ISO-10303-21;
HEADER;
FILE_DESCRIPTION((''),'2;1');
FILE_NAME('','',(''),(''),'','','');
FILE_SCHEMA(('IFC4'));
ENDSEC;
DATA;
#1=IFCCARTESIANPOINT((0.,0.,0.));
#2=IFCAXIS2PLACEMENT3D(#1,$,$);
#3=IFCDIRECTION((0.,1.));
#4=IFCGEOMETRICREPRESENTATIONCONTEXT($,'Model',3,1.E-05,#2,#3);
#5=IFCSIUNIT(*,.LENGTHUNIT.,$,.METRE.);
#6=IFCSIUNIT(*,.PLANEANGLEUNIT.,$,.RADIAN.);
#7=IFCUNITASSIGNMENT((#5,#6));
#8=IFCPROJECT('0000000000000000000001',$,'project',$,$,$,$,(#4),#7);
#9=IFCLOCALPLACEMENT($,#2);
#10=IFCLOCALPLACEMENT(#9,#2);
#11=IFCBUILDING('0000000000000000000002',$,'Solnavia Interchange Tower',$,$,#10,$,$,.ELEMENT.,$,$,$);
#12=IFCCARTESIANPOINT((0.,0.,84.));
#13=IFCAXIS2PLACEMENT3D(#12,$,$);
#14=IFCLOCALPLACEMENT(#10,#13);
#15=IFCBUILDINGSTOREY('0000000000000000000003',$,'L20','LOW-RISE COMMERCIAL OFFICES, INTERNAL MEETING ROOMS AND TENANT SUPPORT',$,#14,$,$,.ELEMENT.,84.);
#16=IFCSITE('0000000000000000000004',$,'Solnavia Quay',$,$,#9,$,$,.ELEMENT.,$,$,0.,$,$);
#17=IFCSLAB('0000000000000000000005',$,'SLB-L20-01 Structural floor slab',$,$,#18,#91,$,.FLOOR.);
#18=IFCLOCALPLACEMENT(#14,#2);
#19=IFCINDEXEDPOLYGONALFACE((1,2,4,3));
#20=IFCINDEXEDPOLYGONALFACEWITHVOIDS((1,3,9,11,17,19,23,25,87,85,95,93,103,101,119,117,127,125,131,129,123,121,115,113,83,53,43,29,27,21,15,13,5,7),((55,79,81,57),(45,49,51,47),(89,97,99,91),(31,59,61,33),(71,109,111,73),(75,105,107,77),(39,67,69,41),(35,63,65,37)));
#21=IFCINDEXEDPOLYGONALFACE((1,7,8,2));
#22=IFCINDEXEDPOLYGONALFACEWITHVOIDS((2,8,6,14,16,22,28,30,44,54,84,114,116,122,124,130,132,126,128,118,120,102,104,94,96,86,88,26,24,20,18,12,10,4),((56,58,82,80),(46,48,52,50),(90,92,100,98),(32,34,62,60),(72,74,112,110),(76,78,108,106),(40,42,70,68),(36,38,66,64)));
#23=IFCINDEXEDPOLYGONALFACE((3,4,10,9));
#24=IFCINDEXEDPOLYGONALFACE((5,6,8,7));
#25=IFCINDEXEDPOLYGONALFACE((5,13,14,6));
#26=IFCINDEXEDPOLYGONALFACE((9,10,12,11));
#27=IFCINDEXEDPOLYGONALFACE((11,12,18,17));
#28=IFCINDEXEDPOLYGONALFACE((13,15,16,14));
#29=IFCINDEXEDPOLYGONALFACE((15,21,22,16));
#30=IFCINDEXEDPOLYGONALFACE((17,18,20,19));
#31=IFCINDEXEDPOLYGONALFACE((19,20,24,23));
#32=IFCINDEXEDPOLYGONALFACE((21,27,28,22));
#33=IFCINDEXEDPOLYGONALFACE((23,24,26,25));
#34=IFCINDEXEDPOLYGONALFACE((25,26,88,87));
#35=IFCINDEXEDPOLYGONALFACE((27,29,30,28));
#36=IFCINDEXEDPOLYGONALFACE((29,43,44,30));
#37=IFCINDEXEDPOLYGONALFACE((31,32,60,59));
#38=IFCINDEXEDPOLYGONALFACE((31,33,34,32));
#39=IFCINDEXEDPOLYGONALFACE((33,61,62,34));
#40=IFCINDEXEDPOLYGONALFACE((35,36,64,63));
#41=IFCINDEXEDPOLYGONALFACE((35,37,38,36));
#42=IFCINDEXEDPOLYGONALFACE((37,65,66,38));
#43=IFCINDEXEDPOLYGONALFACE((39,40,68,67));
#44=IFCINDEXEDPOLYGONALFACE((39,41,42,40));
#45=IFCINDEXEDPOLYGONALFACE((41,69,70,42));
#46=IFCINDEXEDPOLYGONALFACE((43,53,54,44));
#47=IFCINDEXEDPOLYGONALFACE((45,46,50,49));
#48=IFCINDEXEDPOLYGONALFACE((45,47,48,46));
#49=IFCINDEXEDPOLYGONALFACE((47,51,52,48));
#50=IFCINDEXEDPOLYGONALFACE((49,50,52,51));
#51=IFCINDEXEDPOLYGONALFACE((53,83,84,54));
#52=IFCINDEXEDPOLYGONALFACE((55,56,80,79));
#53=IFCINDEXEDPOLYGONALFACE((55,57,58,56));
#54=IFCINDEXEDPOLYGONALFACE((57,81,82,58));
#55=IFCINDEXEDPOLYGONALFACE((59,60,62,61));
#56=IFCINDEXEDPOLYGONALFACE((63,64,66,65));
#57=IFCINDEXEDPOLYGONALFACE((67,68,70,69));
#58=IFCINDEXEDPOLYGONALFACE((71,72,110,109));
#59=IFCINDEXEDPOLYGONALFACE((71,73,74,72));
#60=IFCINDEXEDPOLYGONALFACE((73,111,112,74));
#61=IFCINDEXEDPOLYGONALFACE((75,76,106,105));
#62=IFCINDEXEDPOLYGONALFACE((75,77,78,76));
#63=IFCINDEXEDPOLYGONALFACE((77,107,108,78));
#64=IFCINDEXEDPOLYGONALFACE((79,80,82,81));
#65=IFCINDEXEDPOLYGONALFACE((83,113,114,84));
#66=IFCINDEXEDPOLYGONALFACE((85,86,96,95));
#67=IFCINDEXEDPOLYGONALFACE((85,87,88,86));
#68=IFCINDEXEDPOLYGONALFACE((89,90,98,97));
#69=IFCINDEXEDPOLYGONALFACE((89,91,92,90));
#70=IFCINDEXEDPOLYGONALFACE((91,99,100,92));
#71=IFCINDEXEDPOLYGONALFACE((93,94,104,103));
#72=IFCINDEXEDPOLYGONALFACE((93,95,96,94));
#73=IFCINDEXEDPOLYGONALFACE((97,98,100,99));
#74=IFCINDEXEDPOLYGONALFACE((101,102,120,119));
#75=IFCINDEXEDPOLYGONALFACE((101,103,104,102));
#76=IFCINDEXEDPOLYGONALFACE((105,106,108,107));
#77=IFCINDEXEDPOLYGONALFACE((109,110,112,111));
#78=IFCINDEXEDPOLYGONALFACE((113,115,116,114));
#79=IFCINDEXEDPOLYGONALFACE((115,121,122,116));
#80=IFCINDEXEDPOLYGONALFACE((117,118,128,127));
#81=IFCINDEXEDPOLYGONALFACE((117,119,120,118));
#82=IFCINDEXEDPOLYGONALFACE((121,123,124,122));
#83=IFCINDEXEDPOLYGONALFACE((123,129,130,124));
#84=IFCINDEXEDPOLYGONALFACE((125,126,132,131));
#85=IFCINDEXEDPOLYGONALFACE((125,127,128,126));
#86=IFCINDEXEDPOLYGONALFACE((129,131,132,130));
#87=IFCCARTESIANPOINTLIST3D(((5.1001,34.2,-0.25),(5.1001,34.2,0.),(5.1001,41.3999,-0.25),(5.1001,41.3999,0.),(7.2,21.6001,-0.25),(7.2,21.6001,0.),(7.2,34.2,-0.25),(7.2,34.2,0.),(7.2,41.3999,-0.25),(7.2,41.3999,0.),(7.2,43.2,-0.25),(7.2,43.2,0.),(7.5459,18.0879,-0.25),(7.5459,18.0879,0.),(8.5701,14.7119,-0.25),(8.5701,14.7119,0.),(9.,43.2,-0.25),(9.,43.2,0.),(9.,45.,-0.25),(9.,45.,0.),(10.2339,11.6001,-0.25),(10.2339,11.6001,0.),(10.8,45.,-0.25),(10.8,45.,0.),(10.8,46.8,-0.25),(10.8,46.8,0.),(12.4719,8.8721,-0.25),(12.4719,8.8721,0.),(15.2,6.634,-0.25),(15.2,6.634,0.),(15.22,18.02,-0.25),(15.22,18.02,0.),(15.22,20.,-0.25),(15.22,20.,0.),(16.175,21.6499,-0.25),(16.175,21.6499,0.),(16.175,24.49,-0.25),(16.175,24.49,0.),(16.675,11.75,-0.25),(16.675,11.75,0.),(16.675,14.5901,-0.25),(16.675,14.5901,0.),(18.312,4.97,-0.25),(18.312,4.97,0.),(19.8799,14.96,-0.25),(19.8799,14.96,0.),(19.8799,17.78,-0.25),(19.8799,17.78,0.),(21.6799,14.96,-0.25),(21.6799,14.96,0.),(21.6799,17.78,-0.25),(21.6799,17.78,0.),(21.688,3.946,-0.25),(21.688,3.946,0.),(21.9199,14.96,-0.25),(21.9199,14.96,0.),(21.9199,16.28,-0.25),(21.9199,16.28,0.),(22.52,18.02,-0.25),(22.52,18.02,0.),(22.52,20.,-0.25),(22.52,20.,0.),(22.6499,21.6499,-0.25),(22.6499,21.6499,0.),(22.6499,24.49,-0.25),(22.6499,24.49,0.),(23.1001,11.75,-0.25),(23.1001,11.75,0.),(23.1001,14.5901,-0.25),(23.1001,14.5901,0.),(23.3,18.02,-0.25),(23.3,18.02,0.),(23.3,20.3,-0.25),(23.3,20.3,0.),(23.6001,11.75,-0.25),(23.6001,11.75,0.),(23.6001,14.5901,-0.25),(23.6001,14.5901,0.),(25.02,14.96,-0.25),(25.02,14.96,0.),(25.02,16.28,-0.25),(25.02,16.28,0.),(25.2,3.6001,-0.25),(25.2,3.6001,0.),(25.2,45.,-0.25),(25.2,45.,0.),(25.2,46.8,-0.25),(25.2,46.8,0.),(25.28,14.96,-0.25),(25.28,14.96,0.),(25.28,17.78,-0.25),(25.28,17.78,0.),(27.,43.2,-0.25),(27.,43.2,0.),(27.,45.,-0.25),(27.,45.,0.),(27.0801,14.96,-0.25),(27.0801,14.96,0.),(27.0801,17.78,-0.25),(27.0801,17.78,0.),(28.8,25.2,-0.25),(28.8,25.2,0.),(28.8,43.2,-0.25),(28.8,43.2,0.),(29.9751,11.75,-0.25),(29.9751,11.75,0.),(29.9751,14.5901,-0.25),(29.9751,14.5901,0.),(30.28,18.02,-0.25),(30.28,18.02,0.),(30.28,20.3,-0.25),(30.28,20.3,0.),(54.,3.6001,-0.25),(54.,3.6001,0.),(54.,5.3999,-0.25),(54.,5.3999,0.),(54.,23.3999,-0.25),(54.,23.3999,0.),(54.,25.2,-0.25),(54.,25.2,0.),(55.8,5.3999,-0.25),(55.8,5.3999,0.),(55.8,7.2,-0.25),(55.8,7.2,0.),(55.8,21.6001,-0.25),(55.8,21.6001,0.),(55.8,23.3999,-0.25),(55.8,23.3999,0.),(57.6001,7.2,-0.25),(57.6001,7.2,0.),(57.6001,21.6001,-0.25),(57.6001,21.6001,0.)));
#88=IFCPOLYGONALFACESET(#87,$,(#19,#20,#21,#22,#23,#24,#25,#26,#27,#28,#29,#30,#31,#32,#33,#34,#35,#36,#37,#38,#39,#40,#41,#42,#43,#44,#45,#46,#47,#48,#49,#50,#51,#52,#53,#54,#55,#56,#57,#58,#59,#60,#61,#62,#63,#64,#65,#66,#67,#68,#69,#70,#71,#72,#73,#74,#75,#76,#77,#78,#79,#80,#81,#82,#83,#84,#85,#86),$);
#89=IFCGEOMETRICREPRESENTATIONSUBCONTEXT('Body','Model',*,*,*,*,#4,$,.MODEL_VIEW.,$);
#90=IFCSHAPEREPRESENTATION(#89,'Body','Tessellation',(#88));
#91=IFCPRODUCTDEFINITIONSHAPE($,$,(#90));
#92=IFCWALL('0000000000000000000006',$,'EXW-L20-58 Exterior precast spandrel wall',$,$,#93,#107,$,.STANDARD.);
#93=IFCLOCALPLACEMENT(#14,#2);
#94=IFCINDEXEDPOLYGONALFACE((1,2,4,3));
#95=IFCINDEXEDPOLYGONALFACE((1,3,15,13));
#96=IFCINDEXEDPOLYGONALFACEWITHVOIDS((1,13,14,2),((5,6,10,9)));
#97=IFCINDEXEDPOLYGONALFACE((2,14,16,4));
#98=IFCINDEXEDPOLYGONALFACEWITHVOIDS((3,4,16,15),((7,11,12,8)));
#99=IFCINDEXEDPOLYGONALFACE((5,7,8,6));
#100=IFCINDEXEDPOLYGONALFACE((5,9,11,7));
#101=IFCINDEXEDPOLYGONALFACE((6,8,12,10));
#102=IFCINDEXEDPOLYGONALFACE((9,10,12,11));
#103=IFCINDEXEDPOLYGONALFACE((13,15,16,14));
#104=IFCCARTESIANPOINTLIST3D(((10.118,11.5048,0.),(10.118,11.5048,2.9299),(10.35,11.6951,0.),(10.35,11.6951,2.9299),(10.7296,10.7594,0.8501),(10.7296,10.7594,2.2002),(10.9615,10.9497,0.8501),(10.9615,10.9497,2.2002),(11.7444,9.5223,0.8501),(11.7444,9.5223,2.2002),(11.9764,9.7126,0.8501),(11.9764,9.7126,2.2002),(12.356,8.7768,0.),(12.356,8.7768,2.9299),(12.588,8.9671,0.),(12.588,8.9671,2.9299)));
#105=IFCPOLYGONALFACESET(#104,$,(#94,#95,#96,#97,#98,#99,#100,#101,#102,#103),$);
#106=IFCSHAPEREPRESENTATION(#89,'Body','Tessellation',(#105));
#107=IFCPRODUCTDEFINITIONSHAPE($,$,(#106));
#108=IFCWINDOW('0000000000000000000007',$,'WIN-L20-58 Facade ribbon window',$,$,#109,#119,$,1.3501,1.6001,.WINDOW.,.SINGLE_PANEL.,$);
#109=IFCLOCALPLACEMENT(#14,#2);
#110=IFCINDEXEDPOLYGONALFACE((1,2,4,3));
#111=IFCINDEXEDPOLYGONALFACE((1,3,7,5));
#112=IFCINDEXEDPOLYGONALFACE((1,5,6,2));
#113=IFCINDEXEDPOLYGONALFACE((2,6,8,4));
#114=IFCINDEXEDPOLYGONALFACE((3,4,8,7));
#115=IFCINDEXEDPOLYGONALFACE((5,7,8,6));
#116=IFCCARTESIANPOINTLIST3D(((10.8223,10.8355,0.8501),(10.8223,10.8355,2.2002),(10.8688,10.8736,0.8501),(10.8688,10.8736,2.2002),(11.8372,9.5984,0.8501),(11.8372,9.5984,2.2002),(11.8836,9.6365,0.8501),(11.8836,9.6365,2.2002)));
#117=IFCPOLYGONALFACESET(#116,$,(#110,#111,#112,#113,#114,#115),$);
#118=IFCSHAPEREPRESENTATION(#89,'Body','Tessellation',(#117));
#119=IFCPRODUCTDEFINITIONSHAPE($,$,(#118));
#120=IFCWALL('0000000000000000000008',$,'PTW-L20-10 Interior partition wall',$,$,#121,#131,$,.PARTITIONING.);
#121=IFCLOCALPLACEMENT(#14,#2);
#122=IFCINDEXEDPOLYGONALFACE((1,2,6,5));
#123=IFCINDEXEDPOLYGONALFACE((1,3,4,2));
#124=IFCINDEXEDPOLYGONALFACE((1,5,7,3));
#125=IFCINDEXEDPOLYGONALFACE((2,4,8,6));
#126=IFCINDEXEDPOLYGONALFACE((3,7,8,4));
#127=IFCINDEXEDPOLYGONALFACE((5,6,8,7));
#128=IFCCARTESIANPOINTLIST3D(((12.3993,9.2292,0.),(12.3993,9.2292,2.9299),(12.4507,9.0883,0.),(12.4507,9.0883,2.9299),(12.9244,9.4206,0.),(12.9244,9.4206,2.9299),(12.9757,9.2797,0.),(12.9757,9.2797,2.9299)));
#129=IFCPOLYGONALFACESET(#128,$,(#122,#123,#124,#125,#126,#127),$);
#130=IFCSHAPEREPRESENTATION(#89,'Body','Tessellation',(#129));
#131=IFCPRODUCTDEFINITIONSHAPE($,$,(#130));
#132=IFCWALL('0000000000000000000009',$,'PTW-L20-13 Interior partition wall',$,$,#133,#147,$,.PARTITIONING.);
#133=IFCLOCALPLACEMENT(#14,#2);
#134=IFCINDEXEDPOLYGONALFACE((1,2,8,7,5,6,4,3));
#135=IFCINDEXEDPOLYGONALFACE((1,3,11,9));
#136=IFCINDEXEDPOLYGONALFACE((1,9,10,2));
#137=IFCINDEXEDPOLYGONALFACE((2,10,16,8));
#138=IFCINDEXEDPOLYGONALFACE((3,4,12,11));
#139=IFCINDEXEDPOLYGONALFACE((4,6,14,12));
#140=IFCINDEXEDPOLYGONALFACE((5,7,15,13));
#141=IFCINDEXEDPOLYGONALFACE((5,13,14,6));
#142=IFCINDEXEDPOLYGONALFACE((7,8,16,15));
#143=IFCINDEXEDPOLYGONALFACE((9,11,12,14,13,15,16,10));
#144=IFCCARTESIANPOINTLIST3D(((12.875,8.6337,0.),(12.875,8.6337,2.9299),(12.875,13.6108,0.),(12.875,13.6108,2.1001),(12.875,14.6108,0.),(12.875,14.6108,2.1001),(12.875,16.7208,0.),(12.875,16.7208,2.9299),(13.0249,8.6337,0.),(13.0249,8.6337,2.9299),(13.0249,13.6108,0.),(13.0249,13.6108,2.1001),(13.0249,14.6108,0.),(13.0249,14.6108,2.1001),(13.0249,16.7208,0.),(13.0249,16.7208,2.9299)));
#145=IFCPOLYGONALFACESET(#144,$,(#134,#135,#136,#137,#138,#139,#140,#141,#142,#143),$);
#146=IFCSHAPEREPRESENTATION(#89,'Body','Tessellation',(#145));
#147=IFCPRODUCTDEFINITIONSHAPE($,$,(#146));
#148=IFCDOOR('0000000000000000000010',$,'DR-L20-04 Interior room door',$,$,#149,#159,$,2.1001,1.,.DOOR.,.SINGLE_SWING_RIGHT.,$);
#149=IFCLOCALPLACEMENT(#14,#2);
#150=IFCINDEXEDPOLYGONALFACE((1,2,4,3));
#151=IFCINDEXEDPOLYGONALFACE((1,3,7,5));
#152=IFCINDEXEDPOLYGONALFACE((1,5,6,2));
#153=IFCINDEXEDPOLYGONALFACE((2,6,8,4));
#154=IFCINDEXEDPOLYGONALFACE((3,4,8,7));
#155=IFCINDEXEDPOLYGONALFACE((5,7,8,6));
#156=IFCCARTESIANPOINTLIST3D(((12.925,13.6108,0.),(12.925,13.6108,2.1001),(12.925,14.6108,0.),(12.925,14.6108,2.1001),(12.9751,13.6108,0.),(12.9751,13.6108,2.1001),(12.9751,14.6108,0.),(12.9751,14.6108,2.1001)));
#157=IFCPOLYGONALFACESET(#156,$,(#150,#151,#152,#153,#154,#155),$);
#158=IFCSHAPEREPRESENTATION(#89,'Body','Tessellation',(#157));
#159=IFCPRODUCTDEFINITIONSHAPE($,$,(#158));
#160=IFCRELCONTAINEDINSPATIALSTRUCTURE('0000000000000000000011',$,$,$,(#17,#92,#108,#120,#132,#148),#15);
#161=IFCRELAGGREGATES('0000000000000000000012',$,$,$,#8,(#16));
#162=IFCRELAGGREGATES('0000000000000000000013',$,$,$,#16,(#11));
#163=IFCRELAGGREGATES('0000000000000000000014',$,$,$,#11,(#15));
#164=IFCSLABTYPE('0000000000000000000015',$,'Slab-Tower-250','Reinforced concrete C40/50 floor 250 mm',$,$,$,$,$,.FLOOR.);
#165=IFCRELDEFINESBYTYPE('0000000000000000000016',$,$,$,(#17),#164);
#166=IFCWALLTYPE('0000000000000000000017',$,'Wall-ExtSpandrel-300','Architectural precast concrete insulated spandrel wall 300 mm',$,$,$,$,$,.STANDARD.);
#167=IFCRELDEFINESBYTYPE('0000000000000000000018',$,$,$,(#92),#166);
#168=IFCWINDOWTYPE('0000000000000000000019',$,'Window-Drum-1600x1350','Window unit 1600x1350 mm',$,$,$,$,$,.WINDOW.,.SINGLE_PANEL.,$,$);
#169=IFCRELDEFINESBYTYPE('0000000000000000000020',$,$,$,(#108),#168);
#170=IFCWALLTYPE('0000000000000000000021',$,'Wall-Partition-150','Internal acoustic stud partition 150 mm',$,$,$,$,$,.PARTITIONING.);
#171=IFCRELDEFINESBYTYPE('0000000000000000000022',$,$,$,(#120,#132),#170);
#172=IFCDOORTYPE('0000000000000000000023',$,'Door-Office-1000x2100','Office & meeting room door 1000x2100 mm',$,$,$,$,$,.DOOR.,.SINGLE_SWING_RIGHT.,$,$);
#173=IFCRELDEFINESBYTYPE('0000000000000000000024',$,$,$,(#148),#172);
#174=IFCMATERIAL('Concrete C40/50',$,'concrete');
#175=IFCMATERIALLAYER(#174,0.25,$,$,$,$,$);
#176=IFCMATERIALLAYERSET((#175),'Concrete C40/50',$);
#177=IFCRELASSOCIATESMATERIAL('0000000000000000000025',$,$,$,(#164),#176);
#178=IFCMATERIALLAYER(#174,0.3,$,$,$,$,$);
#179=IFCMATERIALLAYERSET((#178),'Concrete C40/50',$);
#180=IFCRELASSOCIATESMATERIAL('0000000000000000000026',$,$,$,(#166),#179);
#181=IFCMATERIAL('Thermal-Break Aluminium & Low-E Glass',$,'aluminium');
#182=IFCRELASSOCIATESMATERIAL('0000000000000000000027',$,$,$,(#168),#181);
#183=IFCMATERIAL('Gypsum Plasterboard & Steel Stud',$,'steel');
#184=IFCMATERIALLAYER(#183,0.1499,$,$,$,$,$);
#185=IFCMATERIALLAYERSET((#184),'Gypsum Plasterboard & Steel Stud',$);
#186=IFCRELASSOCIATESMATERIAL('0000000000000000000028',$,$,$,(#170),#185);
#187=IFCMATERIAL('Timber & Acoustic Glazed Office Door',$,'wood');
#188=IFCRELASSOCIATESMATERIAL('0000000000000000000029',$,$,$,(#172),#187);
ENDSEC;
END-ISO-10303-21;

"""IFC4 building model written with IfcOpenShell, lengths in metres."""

from ifc_helpers import new_model, si_unit, direction, frame, frame_2d, origin, place, context, subcontext, project, spatial, polyline, rectangle, outline, extrude, material, layer, layer_set, type_object, element, fill, save


model = new_model("IFC4")

# Units and contexts
model_context = context("Model", 3, precision=1e-05, world=origin(), true_north=direction((0.0, 1.0)))
body_context = subcontext(model_context, "Body", "Model", "MODEL_VIEW")
ifc_project = project(units=[si_unit("LENGTHUNIT", "METRE"), si_unit("PLANEANGLEUNIT", "RADIAN")], contexts=[model_context])

# Site, building, storey
site_placement = place(None, origin())
site = spatial("IfcSite", under=ifc_project, at=site_placement, Name="Solnavia Quay", CompositionType="ELEMENT", RefElevation=0.0)
building_placement = place(site_placement, origin())
building = spatial("IfcBuilding", under=site, at=building_placement, Name="Solnavia Interchange Tower", CompositionType="ELEMENT")
storey_placement = place(building_placement, frame((0.0, 0.0, 84.0)))
storey = spatial("IfcBuildingStorey", under=building, at=storey_placement, Name="L20", Description="LOW-RISE COMMERCIAL OFFICES, INTERNAL MEETING ROOMS AND TENANT SUPPORT", CompositionType="ELEMENT", Elevation=84.0)

# Shared definitions
ifc_material_1 = material(Name="Concrete C40/50", Category="concrete")

# Slab
ifc_layer_1 = layer(ifc_material_1, 0.25)
ifc_layer_set_1 = layer_set([ifc_layer_1], Name="Concrete C40/50")
slab_type_1 = type_object("IfcSlabType", Name="Slab-Tower-250", Description="Reinforced concrete C40/50 floor 250 mm", PredefinedType="FLOOR", material=ifc_layer_set_1)
slab_1_placement = place(storey_placement, frame((0.0, 0.0, -0.25)))
element("IfcSlab", 1, at=slab_1_placement, inside=storey, type_object=slab_type_1, Name="SLB-L20-01 Structural floor slab", PredefinedType="FLOOR", context=body_context, shape_type="SweptSolid", body=[
    extrude(outline(polyline([(25.2, 3.6001), (54.0, 3.6001), (54.0, 5.3999), (55.8, 5.3999), (55.8, 7.2), (57.6001, 7.2), (57.6001, 21.6001), (55.8, 21.6001), (55.8, 23.3999), (54.0, 23.3999), (54.0, 25.2), (28.8, 25.2), (28.8, 43.2), (27.0, 43.2), (27.0, 45.0), (25.2, 45.0), (25.2, 46.8), (10.8, 46.8), (10.8, 45.0), (9.0, 45.0), (9.0, 43.2), (7.2, 43.2), (7.2, 41.3999), (5.1001, 41.3999), (5.1001, 34.2), (7.2, 34.2), (7.2, 21.6001), (7.5459, 18.0879), (8.5701, 14.7119), (10.2339, 11.6001), (12.4719, 8.8721), (15.2, 6.634), (18.312, 4.97), (21.688, 3.946), (25.2, 3.6001)]), holes=[polyline([(16.675, 11.75), (23.1001, 11.75), (23.1001, 14.5901), (16.675, 14.5901), (16.675, 11.75)]), polyline([(23.6001, 11.75), (29.9751, 11.75), (29.9751, 14.5901), (23.6001, 14.5901), (23.6001, 11.75)]), polyline([(16.175, 21.6499), (22.6499, 21.6499), (22.6499, 24.49), (16.175, 24.49), (16.175, 21.6499)]), polyline([(19.8799, 14.96), (21.6799, 14.96), (21.6799, 17.78), (19.8799, 17.78), (19.8799, 14.96)]), polyline([(25.28, 14.96), (27.0801, 14.96), (27.0801, 17.78), (25.28, 17.78), (25.28, 14.96)]), polyline([(21.9199, 14.96), (25.02, 14.96), (25.02, 16.28), (21.9199, 16.28), (21.9199, 14.96)]), polyline([(15.22, 18.02), (22.52, 18.02), (22.52, 20.0), (15.22, 20.0), (15.22, 18.02)]), polyline([(23.3, 18.02), (30.28, 18.02), (30.28, 20.3), (23.3, 20.3), (23.3, 18.02)])]), origin(), (0.0, 0.0, 1.0), 0.25),
])

# Wall, opening, window
ifc_layer_2 = layer(ifc_material_1, 0.3)
ifc_layer_set_2 = layer_set([ifc_layer_2], Name="Concrete C40/50")
wall_type_1 = type_object("IfcWallType", Name="Wall-ExtSpandrel-300", Description="Architectural precast concrete insulated spandrel wall 300 mm", PredefinedType="STANDARD", material=ifc_layer_set_2)
wall_1_placement = place(storey_placement, frame((12.4719, 8.8721, 0.0), z_axis=(0.0, 0.0, 1.0), x_axis=(-0.634258, 0.773121, 0.0)))
wall_1 = element("IfcWall", 2, at=wall_1_placement, inside=storey, type_object=wall_type_1, Name="EXW-L20-58 Exterior precast spandrel wall", PredefinedType="STANDARD", context=body_context, shape_type="SweptSolid", body=[
    extrude(rectangle(XDim=3.5286, YDim=0.3, at=frame_2d((1.7642, 0.0))), origin(), (0.0, 0.0, 1.0), 2.9299),
])
opening_1_placement = place(wall_1_placement, frame((0.9641, 0.0, 0.8501)))
opening_1 = element("IfcOpeningElement", 3, at=opening_1_placement, cuts=wall_1, PredefinedType="OPENING", context=body_context, shape_type="SweptSolid", body=[
    extrude(rectangle(XDim=1.6001, YDim=1.3501, at=frame_2d((0.8, 0.675))), frame((0.0, 0.1602, 0.0), z_axis=(0.0, -1.0, 0.0), x_axis=(1.0, 0.0, 0.0)), (0.0, 0.0, 1.0), 0.3201),
])
ifc_material_2 = material(Name="Thermal-Break Aluminium & Low-E Glass", Category="aluminium")
window_type = type_object("IfcWindowType", Name="Window-Drum-1600x1350", Description="Window unit 1600x1350 mm", PartitioningType="SINGLE_PANEL", PredefinedType="WINDOW", material=ifc_material_2)
window_placement = place(opening_1_placement, origin())
window = element("IfcWindow", 4, at=window_placement, inside=storey, type_object=window_type, Name="WIN-L20-58 Facade ribbon window", OverallHeight=1.3501, OverallWidth=1.6001, PartitioningType="SINGLE_PANEL", PredefinedType="WINDOW", context=body_context, shape_type="SweptSolid", body=[
    extrude(rectangle(XDim=1.6001, YDim=1.3501, at=frame_2d((0.8, 0.675))), frame((0.0, 0.03, 0.0), z_axis=(0.0, -1.0, 0.0), x_axis=(1.0, 0.0, 0.0)), (0.0, 0.0, 1.0), 0.0601),
])
fill(opening_1, window)

# Wall
ifc_material_3 = material(Name="Gypsum Plasterboard & Steel Stud", Category="steel")
ifc_layer_3 = layer(ifc_material_3, 0.1499)
ifc_layer_set_3 = layer_set([ifc_layer_3], Name="Gypsum Plasterboard & Steel Stud")
wall_type_2 = type_object("IfcWallType", Name="Wall-Partition-150", Description="Internal acoustic stud partition 150 mm", PredefinedType="PARTITIONING", material=ifc_layer_set_3)
wall_2_placement = place(storey_placement, frame((12.95, 9.3501, 0.0), z_axis=(0.0, 0.0, 1.0), x_axis=(-0.939538, -0.342444, 0.0)))
element("IfcWall", 5, at=wall_2_placement, inside=storey, type_object=wall_type_2, Name="PTW-L20-10 Interior partition wall", PredefinedType="PARTITIONING", context=body_context, shape_type="SweptSolid", body=[
    extrude(rectangle(XDim=0.5588, YDim=0.1499, at=frame_2d((0.2793, 0.0))), origin(), (0.0, 0.0, 1.0), 2.9299),
])

# Wall, opening, door
wall_3_placement = place(storey_placement, frame((12.95, 8.6338, 0.0), z_axis=(0.0, 0.0, 1.0), x_axis=(0.0, 1.0, 0.0)))
wall_3 = element("IfcWall", 6, at=wall_3_placement, inside=storey, type_object=wall_type_2, Name="PTW-L20-13 Interior partition wall", PredefinedType="PARTITIONING", context=body_context, shape_type="SweptSolid", body=[
    extrude(rectangle(XDim=8.0872, YDim=0.1499, at=frame_2d((4.0435, 0.0))), origin(), (0.0, 0.0, 1.0), 2.9299),
])
opening_2_placement = place(wall_3_placement, frame((4.9771, 0.0, 0.0)))
opening_2 = element("IfcOpeningElement", 7, at=opening_2_placement, cuts=wall_3, PredefinedType="OPENING", context=body_context, shape_type="SweptSolid", body=[
    extrude(rectangle(XDim=1.0, YDim=2.1001, at=frame_2d((0.5, 1.05))), frame((0.0, 0.085, 0.0), z_axis=(0.0, -1.0, 0.0), x_axis=(1.0, 0.0, 0.0)), (0.0, 0.0, 1.0), 0.1699),
])
ifc_material_4 = material(Name="Timber & Acoustic Glazed Office Door", Category="wood")
door_type_1 = type_object("IfcDoorType", Name="Door-Office-1000x2100", Description="Office & meeting room door 1000x2100 mm", OperationType="SINGLE_SWING_RIGHT", PredefinedType="DOOR", material=ifc_material_4)
door_1_placement = place(opening_2_placement, origin())
door_1 = element("IfcDoor", 8, at=door_1_placement, inside=storey, type_object=door_type_1, Name="DR-L20-04 Interior room door", OperationType="SINGLE_SWING_RIGHT", OverallHeight=2.1001, OverallWidth=1.0, PredefinedType="DOOR", context=body_context, shape_type="SweptSolid", body=[
    extrude(rectangle(XDim=1.0, YDim=2.1001, at=frame_2d((0.5, 1.05))), frame((0.0, 0.0249, 0.0), z_axis=(0.0, -1.0, 0.0), x_axis=(1.0, 0.0, 0.0)), (0.0, 0.0, 1.0), 0.05),
])
fill(opening_2, door_1)

save(model, "model.ifc")
